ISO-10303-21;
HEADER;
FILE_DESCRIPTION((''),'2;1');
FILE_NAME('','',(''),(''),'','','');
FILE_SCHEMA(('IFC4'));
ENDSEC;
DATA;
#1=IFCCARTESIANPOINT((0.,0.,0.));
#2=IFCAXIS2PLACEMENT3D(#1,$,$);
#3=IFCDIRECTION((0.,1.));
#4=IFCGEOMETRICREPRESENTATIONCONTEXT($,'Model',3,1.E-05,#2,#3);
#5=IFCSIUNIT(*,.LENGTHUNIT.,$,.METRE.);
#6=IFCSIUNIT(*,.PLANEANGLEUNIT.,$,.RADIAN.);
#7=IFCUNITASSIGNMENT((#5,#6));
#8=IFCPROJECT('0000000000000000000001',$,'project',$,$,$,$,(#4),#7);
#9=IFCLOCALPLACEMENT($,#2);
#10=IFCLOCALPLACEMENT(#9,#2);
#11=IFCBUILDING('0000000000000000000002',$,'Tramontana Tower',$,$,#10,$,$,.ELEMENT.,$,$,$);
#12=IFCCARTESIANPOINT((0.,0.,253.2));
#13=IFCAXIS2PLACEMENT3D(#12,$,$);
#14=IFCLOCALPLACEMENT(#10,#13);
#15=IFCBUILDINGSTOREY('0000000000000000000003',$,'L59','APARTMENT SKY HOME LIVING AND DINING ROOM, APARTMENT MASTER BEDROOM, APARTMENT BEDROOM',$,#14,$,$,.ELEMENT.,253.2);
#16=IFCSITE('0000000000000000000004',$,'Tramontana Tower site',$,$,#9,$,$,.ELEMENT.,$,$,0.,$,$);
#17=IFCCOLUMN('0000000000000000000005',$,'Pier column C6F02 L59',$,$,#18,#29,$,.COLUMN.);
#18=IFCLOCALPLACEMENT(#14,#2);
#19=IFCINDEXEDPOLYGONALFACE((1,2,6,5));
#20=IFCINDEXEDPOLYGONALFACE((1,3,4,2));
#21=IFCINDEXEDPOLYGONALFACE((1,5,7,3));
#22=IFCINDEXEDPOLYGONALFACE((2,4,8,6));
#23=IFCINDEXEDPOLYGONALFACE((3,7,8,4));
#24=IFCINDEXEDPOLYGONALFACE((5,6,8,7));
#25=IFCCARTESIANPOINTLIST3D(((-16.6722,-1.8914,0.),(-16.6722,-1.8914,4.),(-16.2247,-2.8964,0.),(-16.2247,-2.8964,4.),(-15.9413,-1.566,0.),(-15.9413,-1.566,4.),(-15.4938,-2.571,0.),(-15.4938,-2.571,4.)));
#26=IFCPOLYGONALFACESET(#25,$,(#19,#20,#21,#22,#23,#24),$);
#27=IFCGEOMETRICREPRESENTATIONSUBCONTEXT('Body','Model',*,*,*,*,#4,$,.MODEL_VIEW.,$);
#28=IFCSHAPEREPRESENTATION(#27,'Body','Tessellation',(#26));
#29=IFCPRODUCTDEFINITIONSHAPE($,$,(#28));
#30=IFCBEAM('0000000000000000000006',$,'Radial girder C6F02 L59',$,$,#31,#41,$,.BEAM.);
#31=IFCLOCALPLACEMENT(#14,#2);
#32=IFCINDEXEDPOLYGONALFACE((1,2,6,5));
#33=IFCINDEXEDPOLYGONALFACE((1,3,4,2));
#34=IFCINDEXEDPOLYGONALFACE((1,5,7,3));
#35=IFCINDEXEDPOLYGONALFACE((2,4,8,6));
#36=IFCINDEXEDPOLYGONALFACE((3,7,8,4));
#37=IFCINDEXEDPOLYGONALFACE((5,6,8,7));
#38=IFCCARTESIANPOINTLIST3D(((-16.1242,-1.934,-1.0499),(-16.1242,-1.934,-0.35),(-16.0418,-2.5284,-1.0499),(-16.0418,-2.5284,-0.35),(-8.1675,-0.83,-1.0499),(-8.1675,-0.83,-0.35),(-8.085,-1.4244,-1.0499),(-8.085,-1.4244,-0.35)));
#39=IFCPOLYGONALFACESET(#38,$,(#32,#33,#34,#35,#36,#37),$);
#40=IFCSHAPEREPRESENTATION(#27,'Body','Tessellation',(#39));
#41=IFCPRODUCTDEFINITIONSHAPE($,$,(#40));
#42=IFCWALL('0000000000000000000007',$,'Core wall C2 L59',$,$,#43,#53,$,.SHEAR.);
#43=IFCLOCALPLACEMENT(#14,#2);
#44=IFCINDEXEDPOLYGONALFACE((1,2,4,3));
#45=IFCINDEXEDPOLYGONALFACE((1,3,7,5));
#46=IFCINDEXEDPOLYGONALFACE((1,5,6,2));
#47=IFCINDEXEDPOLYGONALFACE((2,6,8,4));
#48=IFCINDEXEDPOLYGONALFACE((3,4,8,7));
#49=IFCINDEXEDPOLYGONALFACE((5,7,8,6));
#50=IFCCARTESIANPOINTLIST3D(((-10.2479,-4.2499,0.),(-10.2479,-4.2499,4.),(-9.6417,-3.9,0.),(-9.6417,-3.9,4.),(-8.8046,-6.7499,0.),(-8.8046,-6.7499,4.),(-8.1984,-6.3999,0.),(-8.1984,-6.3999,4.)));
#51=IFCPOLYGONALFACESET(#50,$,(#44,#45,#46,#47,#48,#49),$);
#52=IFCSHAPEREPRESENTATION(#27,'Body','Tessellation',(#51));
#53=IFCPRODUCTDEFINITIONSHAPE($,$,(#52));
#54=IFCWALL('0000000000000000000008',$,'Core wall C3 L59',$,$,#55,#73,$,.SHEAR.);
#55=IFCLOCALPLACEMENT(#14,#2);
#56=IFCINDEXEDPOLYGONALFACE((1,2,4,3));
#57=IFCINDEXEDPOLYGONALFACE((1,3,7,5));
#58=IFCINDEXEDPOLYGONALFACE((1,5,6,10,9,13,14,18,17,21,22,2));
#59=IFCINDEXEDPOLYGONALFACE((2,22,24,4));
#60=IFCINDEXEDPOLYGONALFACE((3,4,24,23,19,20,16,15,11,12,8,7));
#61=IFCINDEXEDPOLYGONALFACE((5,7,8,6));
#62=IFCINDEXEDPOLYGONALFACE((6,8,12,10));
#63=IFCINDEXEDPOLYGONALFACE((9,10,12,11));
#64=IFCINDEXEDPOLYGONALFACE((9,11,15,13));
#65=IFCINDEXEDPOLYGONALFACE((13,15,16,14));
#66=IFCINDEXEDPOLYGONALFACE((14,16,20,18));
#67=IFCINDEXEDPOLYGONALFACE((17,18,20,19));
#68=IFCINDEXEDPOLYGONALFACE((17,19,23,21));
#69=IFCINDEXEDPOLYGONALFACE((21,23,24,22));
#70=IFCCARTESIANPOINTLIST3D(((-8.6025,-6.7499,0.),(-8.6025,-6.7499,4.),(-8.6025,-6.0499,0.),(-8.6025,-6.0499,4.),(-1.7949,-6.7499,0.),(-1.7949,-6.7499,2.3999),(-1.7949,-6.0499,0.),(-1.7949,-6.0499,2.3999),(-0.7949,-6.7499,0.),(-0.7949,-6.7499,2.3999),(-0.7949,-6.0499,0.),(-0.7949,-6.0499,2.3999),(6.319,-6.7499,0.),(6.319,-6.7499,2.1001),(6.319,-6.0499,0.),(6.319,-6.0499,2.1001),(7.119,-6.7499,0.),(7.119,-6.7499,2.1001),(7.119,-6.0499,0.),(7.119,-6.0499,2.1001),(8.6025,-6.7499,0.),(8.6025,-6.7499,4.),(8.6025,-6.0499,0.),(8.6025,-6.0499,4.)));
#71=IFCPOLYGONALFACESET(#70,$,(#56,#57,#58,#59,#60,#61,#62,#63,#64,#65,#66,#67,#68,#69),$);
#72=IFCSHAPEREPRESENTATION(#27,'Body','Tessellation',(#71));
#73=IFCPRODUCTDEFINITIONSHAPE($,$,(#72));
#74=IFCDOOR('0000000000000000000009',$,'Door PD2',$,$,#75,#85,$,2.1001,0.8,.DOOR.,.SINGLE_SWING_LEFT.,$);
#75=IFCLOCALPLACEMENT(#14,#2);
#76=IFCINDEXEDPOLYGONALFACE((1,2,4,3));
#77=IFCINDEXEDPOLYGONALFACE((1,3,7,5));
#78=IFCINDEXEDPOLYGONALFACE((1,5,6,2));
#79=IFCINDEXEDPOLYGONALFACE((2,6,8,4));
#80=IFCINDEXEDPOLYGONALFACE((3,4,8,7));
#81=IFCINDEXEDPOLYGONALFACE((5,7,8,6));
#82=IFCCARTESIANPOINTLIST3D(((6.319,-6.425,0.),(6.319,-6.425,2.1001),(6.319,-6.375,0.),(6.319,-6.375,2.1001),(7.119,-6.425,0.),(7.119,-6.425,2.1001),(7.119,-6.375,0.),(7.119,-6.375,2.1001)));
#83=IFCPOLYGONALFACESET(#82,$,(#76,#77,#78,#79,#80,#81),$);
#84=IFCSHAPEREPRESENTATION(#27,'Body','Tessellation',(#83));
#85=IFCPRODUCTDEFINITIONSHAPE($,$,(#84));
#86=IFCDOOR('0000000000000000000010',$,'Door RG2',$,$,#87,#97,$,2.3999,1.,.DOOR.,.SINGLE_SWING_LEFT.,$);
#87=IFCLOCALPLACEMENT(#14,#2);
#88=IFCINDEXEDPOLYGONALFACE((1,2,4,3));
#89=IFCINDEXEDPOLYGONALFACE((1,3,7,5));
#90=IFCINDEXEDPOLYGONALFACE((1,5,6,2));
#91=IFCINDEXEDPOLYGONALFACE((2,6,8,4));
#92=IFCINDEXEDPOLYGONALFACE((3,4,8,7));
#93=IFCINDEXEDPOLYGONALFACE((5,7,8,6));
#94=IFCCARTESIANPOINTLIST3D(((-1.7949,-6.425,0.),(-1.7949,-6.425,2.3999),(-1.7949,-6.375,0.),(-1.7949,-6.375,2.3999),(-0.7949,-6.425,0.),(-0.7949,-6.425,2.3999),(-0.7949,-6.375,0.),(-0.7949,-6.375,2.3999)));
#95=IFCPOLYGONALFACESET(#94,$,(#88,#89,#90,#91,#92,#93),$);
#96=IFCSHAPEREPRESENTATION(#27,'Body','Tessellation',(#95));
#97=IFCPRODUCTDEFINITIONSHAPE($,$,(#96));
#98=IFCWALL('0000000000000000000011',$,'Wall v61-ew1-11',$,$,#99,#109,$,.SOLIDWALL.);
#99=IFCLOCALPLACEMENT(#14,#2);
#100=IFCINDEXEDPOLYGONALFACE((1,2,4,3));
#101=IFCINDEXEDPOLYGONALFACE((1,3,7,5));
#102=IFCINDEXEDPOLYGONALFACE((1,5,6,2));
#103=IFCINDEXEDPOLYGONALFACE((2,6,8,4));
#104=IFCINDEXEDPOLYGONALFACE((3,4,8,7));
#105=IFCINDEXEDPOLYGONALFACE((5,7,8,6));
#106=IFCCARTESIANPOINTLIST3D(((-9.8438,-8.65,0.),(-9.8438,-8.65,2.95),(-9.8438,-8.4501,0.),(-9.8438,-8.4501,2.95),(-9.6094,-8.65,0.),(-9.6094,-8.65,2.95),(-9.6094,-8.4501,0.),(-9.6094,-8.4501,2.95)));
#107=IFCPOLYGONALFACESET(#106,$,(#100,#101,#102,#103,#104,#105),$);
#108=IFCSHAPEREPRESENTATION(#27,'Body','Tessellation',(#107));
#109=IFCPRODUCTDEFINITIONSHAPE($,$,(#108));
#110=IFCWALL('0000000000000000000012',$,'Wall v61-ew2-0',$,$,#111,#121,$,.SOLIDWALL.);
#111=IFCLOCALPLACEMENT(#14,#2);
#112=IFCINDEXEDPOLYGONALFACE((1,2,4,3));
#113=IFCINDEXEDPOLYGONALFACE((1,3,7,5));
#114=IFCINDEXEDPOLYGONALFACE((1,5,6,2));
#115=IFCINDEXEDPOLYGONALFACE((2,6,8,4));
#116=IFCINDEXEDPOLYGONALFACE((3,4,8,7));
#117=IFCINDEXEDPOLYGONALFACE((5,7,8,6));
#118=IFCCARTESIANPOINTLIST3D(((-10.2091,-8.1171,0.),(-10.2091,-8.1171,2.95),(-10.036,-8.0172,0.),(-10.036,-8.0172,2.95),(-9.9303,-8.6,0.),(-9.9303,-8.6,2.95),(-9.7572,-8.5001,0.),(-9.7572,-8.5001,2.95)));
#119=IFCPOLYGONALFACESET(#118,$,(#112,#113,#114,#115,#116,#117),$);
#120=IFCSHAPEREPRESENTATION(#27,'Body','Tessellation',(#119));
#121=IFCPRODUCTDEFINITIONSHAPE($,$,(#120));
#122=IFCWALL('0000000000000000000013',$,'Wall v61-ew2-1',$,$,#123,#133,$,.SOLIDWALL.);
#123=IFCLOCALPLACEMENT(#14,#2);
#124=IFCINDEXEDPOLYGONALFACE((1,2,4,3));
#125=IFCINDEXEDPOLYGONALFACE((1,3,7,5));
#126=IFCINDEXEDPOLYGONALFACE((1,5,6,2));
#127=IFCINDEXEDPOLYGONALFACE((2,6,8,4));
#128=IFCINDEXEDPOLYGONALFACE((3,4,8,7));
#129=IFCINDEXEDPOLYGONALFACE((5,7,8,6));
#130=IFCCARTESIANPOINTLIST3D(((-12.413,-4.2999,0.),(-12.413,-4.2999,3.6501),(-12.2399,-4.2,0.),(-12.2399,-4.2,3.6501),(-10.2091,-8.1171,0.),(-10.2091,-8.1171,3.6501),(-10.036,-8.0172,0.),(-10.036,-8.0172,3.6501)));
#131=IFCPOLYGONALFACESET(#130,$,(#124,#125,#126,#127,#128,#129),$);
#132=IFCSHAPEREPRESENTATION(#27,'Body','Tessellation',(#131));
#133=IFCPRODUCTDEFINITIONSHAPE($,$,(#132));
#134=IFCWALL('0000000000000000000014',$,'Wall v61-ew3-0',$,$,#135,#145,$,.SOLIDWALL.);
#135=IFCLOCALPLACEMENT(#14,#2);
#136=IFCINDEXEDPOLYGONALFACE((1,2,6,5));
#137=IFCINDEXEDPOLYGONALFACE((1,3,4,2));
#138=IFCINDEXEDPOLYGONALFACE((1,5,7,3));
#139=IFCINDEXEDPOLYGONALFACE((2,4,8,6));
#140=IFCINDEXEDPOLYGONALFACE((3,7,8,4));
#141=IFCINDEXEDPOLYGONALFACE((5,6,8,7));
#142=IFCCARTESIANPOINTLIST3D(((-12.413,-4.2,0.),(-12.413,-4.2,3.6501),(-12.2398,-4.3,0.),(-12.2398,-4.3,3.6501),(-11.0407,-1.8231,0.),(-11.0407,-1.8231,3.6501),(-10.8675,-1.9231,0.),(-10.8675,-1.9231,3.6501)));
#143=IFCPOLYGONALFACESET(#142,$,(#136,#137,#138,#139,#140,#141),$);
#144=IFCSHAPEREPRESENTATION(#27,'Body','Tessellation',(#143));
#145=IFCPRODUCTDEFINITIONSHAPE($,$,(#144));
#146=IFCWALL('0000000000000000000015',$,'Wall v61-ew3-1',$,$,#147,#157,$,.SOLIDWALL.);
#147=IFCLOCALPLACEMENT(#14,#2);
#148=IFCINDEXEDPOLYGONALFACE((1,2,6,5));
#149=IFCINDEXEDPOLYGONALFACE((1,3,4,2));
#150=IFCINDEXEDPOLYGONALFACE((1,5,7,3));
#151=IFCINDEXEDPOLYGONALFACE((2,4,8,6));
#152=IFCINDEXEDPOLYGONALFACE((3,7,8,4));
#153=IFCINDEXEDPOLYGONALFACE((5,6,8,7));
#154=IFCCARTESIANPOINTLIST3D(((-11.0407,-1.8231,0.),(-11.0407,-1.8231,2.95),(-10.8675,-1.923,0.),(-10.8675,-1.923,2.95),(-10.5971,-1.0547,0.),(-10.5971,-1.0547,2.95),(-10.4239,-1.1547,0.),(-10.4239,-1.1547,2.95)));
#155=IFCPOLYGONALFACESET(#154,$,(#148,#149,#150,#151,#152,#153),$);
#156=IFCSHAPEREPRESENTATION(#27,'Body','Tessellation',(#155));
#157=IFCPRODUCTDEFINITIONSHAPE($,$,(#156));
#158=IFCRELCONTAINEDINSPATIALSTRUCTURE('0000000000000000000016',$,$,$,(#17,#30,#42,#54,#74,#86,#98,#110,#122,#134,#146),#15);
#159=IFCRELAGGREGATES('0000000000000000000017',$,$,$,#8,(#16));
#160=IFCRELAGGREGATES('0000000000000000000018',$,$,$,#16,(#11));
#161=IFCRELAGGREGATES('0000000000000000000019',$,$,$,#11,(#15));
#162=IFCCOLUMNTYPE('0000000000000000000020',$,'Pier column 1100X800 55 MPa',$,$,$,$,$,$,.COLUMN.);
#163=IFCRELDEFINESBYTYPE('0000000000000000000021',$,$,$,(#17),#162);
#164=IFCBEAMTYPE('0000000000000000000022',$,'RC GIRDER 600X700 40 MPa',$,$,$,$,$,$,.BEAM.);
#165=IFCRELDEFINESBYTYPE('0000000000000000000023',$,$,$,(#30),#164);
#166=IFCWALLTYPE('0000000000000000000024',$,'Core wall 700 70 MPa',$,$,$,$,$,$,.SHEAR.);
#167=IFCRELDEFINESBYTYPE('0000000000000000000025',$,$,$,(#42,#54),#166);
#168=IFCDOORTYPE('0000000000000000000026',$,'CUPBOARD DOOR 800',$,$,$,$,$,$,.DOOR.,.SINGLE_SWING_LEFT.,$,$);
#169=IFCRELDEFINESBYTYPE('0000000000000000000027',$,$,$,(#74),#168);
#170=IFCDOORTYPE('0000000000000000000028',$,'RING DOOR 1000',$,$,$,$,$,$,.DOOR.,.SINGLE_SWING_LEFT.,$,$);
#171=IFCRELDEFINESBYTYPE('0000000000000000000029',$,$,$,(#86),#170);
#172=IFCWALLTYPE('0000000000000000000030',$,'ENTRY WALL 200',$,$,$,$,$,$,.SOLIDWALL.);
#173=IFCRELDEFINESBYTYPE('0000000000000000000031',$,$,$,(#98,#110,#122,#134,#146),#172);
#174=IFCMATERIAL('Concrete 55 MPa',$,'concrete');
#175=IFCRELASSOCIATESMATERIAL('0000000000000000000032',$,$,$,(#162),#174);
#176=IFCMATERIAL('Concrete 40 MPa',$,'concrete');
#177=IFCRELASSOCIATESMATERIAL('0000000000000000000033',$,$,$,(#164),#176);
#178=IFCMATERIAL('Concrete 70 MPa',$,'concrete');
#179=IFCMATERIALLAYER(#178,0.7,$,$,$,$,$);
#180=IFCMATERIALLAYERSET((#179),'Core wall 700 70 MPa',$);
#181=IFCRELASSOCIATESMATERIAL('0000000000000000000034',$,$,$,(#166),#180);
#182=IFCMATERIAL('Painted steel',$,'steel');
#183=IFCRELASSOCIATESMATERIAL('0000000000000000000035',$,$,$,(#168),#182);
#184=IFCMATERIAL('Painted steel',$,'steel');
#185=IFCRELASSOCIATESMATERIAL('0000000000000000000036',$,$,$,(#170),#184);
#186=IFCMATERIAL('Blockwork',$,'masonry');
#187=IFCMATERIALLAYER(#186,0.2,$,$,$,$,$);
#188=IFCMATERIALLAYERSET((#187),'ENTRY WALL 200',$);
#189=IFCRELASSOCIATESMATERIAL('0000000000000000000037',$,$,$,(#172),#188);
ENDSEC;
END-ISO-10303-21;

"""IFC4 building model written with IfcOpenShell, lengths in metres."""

from ifc_helpers import new_model, si_unit, direction, frame, frame_2d, origin, origin_2d, place, context, subcontext, project, spatial, rectangle, extrude, material, layer, layer_set, material_profile, profile_set, type_object, element, fill, save


model = new_model("IFC4")

# Units and contexts
model_context = context("Model", 3, precision=1e-05, world=origin(), true_north=direction((0.0, 1.0)))
body_context = subcontext(model_context, "Body", "Model", "MODEL_VIEW")
ifc_project = project(units=[si_unit("LENGTHUNIT", "METRE"), si_unit("PLANEANGLEUNIT", "RADIAN")], contexts=[model_context])

# Site, building, storey
site_placement = place(None, origin())
site = spatial("IfcSite", under=ifc_project, at=site_placement, Name="Tramontana Tower site", CompositionType="ELEMENT", RefElevation=0.0)
building_placement = place(site_placement, origin())
building = spatial("IfcBuilding", under=site, at=building_placement, Name="Tramontana Tower", CompositionType="ELEMENT")
storey_placement = place(building_placement, frame((0.0, 0.0, 253.2)))
storey = spatial("IfcBuildingStorey", under=building, at=storey_placement, Name="L59", Description="APARTMENT SKY HOME LIVING AND DINING ROOM, APARTMENT MASTER BEDROOM, APARTMENT BEDROOM", CompositionType="ELEMENT", Elevation=253.2)

# Column
ifc_material_1 = material(Name="Concrete 55 MPa", Category="concrete")
ifc_material_profile_1 = material_profile(ifc_material_1, rectangle(XDim=1.1001, YDim=0.8, at=origin_2d()), Name="Pier column 1100X800 55 MPa")
ifc_profile_set_1 = profile_set([ifc_material_profile_1], Name="Concrete 55 MPa")
column_type = type_object("IfcColumnType", Name="Pier column 1100X800 55 MPa", PredefinedType="COLUMN", material=ifc_profile_set_1)
column_placement = place(storey_placement, frame((-16.083, -2.2312, 0.0), z_axis=(0.0, 0.0, 1.0), x_axis=(0.406737, -0.913545, 0.0)))
element("IfcColumn", 1, at=column_placement, inside=storey, type_object=column_type, Name="Pier column C6F02 L59", PredefinedType="COLUMN", context=body_context, shape_type="SweptSolid", body=[
    extrude(rectangle(XDim=1.1001, YDim=0.8, at=origin_2d()), origin(), (0.0, 0.0, 1.0), 4.0),
])

# Beam
ifc_material_2 = material(Name="Concrete 40 MPa", Category="concrete")
ifc_material_profile_2 = material_profile(ifc_material_2, rectangle(XDim=0.6001, YDim=0.7, at=origin_2d()), Name="RC GIRDER 600X700 40 MPa")
ifc_profile_set_2 = profile_set([ifc_material_profile_2], Name="Concrete 40 MPa")
beam_type = type_object("IfcBeamType", Name="RC GIRDER 600X700 40 MPa", PredefinedType="BEAM", material=ifc_profile_set_2)
beam_placement = place(storey_placement, frame((-16.083, -2.2312, -0.7), z_axis=(0.990511, 0.137433, 0.0), x_axis=(-0.137433, 0.990511, 0.0)))
element("IfcBeam", 2, at=beam_placement, inside=storey, type_object=beam_type, Name="Radial girder C6F02 L59", PredefinedType="BEAM", context=body_context, shape_type="SweptSolid", body=[
    extrude(rectangle(XDim=0.6001, YDim=0.7, at=origin_2d()), origin(), (0.0, 0.0, 1.0), 8.033),
])

# Wall
ifc_material_3 = material(Name="Concrete 70 MPa", Category="concrete")
ifc_layer_1 = layer(ifc_material_3, 0.7)
ifc_layer_set_1 = layer_set([ifc_layer_1], Name="Core wall 700 70 MPa")
wall_type_1 = type_object("IfcWallType", Name="Core wall 700 70 MPa", PredefinedType="SHEAR", material=ifc_layer_set_1)
wall_1_placement = place(storey_placement, frame((-9.9448, -4.075, 0.0), z_axis=(0.0, 0.0, 1.0), x_axis=(0.499996, -0.866028, 0.0)))
element("IfcWall", 3, at=wall_1_placement, inside=storey, type_object=wall_type_1, Name="Core wall C2 L59", PredefinedType="SHEAR", context=body_context, shape_type="SweptSolid", body=[
    extrude(rectangle(XDim=2.8867, YDim=0.7, at=frame_2d((1.4434, 0.0))), origin(), (0.0, 0.0, 1.0), 4.0),
])

# Wall, openings, doors
wall_2_placement = place(storey_placement, frame((-8.6025, -6.3999, 0.0), z_axis=(0.0, 0.0, 1.0), x_axis=(1.0, 0.0, 0.0)))
wall_2 = element("IfcWall", 4, at=wall_2_placement, inside=storey, type_object=wall_type_1, Name="Core wall C3 L59", PredefinedType="SHEAR", context=body_context, shape_type="SweptSolid", body=[
    extrude(rectangle(XDim=17.2051, YDim=0.7, at=frame_2d((8.6025, 0.0))), origin(), (0.0, 0.0, 1.0), 4.0),
])
opening_1_placement = place(wall_2_placement, frame((6.8076, 0.0, 0.0)))
opening_1 = element("IfcOpeningElement", 5, at=opening_1_placement, cuts=wall_2, PredefinedType="OPENING", context=body_context, shape_type="SweptSolid", body=[
    extrude(rectangle(XDim=1.0, YDim=2.3999, at=frame_2d((0.5, 1.2))), frame((0.0, 0.3599, 0.0), z_axis=(0.0, -1.0, 0.0), x_axis=(1.0, 0.0, 0.0)), (0.0, 0.0, 1.0), 0.72),
])
opening_2_placement = place(wall_2_placement, frame((14.9216, 0.0, 0.0)))
opening_2 = element("IfcOpeningElement", 6, at=opening_2_placement, cuts=wall_2, PredefinedType="OPENING", context=body_context, shape_type="SweptSolid", body=[
    extrude(rectangle(XDim=0.8, YDim=2.1001, at=frame_2d((0.3999, 1.05))), frame((0.0, 0.3599, 0.0), z_axis=(0.0, -1.0, 0.0), x_axis=(1.0, 0.0, 0.0)), (0.0, 0.0, 1.0), 0.72),
])
ifc_material_4 = material(Name="Painted steel", Category="steel")
door_type_1 = type_object("IfcDoorType", Name="CUPBOARD DOOR 800", OperationType="SINGLE_SWING_LEFT", PredefinedType="DOOR", material=ifc_material_4)
door_1_placement = place(opening_2_placement, origin())
door_1 = element("IfcDoor", 7, at=door_1_placement, inside=storey, type_object=door_type_1, Name="Door PD2", OperationType="SINGLE_SWING_LEFT", OverallHeight=2.1001, OverallWidth=0.8, PredefinedType="DOOR", context=body_context, shape_type="SweptSolid", body=[
    extrude(rectangle(XDim=0.8, YDim=2.1001, at=frame_2d((0.3999, 1.05))), frame((0.0, 0.0249, 0.0), z_axis=(0.0, -1.0, 0.0), x_axis=(1.0, 0.0, 0.0)), (0.0, 0.0, 1.0), 0.05),
])
fill(opening_2, door_1)
ifc_material_5 = material(Name="Painted steel", Category="steel")
door_type_2 = type_object("IfcDoorType", Name="RING DOOR 1000", OperationType="SINGLE_SWING_LEFT", PredefinedType="DOOR", material=ifc_material_5)
door_2_placement = place(opening_1_placement, origin())
door_2 = element("IfcDoor", 8, at=door_2_placement, inside=storey, type_object=door_type_2, Name="Door RG2", OperationType="SINGLE_SWING_LEFT", OverallHeight=2.3999, OverallWidth=1.0, PredefinedType="DOOR", context=body_context, shape_type="SweptSolid", body=[
    extrude(rectangle(XDim=1.0, YDim=2.3999, at=frame_2d((0.5, 1.2))), frame((0.0, 0.0249, 0.0), z_axis=(0.0, -1.0, 0.0), x_axis=(1.0, 0.0, 0.0)), (0.0, 0.0, 1.0), 0.05),
])
fill(opening_1, door_2)

# Walls
ifc_material_6 = material(Name="Blockwork", Category="masonry")
ifc_layer_2 = layer(ifc_material_6, 0.2)
ifc_layer_set_2 = layer_set([ifc_layer_2], Name="ENTRY WALL 200")
wall_type_2 = type_object("IfcWallType", Name="ENTRY WALL 200", PredefinedType="SOLIDWALL", material=ifc_layer_set_2)
wall_3_placement = place(storey_placement, frame((-9.6094, -8.55, 0.0), z_axis=(0.0, 0.0, 1.0), x_axis=(-1.0, 0.0, 0.0)))
element("IfcWall", 9, at=wall_3_placement, inside=storey, type_object=wall_type_2, Name="Wall v61-ew1-11", PredefinedType="SOLIDWALL", context=body_context, shape_type="SweptSolid", body=[
    extrude(rectangle(XDim=0.2344, YDim=0.2, at=frame_2d((0.1172, 0.0))), origin(), (0.0, 0.0, 1.0), 2.95),
])
wall_4_placement = place(storey_placement, frame((-9.8438, -8.55, 0.0), z_axis=(0.0, 0.0, 1.0), x_axis=(-0.5, 0.866025, 0.0)))
element("IfcWall", 10, at=wall_4_placement, inside=storey, type_object=wall_type_2, Name="Wall v61-ew2-0", PredefinedType="SOLIDWALL", context=body_context, shape_type="SweptSolid", body=[
    extrude(rectangle(XDim=0.5576, YDim=0.2, at=frame_2d((0.2788, 0.0))), origin(), (0.0, 0.0, 1.0), 2.95),
])
wall_5_placement = place(storey_placement, frame((-10.1226, -8.0671, 0.0), z_axis=(0.0, 0.0, 1.0), x_axis=(-0.500005, 0.866022, 0.0)))
element("IfcWall", 11, at=wall_5_placement, inside=storey, type_object=wall_type_2, Name="Wall v61-ew2-1", PredefinedType="SOLIDWALL", context=body_context, shape_type="SweptSolid", body=[
    extrude(rectangle(XDim=4.4077, YDim=0.2, at=frame_2d((2.2039, 0.0))), origin(), (0.0, 0.0, 1.0), 3.6501),
])
wall_6_placement = place(storey_placement, frame((-12.3264, -4.25, 0.0), z_axis=(0.0, 0.0, 1.0), x_axis=(0.499995, 0.866029, 0.0)))
element("IfcWall", 12, at=wall_6_placement, inside=storey, type_object=wall_type_2, Name="Wall v61-ew3-0", PredefinedType="SOLIDWALL", context=body_context, shape_type="SweptSolid", body=[
    extrude(rectangle(XDim=2.7446, YDim=0.2, at=frame_2d((1.3723, 0.0))), origin(), (0.0, 0.0, 1.0), 3.6501),
])
wall_7_placement = place(storey_placement, frame((-10.9541, -1.873, 0.0), z_axis=(0.0, 0.0, 1.0), x_axis=(0.500016, 0.866016, 0.0)))
element("IfcWall", 13, at=wall_7_placement, inside=storey, type_object=wall_type_2, Name="Wall v61-ew3-1", PredefinedType="SOLIDWALL", context=body_context, shape_type="SweptSolid", body=[
    extrude(rectangle(XDim=0.8872, YDim=0.2, at=frame_2d((0.4436, 0.0))), origin(), (0.0, 0.0, 1.0), 2.95),
])

save(model, "model.ifc")
